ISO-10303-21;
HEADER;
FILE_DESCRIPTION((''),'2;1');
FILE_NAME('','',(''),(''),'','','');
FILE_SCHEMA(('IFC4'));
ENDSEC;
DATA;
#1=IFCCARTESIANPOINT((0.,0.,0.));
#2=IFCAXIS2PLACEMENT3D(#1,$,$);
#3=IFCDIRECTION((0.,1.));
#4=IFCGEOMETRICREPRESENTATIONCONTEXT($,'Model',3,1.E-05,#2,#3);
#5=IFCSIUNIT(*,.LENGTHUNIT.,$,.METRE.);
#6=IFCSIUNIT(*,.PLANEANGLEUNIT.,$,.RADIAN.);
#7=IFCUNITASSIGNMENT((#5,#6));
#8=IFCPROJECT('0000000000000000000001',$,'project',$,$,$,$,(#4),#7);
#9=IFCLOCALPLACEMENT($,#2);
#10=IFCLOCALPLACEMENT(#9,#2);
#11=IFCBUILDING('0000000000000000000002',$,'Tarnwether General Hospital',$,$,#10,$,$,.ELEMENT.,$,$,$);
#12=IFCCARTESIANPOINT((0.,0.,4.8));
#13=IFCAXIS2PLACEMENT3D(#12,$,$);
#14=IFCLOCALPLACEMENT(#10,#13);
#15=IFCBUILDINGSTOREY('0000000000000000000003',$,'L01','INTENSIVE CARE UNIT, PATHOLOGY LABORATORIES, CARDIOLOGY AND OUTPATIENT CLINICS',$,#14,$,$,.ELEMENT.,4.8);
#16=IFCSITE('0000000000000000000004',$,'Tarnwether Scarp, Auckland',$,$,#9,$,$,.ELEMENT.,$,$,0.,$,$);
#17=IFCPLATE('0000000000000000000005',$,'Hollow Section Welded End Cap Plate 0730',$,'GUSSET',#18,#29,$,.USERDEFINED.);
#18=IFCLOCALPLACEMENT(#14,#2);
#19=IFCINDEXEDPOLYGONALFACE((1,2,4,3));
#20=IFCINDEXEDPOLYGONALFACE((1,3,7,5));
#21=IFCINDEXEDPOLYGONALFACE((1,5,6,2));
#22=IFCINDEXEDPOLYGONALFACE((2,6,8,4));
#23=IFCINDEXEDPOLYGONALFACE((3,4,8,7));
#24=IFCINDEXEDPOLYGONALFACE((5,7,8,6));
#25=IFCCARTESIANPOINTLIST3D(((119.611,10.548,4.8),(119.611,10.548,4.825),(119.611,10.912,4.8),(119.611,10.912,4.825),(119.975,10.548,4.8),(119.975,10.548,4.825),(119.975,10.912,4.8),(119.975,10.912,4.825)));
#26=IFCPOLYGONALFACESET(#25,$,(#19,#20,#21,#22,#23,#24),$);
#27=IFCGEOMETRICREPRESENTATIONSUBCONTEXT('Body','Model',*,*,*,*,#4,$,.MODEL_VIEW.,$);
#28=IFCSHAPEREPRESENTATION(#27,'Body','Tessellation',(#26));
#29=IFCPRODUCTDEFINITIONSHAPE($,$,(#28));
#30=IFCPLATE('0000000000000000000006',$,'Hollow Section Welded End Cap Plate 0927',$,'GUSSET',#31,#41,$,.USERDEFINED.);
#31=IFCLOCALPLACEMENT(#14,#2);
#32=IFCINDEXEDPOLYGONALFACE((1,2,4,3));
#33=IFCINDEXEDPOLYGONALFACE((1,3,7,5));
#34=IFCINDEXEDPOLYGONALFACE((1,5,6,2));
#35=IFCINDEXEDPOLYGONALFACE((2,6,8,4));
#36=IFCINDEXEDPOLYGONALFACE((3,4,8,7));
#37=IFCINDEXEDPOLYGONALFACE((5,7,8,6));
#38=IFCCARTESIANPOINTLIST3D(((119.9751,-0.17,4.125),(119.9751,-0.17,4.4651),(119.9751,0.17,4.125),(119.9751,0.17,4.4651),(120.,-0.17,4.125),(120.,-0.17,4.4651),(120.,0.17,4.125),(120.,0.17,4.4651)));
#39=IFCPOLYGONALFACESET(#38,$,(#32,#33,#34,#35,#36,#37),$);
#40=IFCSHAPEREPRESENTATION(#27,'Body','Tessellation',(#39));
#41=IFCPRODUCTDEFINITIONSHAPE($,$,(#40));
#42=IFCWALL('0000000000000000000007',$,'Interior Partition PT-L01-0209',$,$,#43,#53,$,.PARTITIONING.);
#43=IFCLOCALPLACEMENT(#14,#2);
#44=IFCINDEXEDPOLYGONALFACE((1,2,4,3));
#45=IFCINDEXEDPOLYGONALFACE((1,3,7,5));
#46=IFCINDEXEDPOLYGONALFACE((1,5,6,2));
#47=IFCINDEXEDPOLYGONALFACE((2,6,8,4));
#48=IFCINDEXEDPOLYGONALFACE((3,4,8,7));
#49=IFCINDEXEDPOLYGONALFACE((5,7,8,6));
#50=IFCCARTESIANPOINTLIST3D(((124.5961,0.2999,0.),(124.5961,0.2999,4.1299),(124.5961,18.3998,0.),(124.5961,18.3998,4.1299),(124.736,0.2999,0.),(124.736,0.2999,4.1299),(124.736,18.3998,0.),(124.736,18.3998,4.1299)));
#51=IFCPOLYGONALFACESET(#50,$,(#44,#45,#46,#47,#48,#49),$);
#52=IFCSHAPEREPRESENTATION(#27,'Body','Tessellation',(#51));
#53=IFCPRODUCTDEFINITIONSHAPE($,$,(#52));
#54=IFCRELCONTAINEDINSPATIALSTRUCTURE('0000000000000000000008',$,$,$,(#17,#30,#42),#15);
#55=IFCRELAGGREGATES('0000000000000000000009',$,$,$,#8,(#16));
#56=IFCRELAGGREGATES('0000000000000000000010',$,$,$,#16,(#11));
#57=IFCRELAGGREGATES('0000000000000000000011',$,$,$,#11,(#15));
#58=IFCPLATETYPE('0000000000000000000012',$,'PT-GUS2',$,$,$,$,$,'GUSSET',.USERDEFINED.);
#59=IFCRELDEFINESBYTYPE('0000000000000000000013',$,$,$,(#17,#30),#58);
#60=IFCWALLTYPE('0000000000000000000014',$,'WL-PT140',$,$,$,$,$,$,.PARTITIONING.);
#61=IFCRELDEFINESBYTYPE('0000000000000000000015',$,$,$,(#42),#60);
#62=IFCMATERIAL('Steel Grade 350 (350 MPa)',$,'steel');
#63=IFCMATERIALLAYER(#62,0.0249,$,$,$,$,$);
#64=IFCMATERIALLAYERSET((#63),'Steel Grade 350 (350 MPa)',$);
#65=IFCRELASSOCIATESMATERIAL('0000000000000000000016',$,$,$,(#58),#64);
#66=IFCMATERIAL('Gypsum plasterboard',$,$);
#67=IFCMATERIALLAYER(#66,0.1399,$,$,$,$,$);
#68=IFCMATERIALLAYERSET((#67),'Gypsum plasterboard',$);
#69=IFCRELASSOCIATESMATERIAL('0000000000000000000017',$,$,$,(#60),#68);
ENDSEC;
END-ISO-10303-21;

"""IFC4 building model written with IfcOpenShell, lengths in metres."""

from ifc_helpers import new_model, si_unit, direction, frame, frame_2d, origin, origin_2d, place, context, subcontext, project, spatial, rectangle, extrude, material, layer, layer_set, type_object, element, save


model = new_model("IFC4")

# Units and contexts
model_context = context("Model", 3, precision=1e-05, world=origin(), true_north=direction((0.0, 1.0)))
body_context = subcontext(model_context, "Body", "Model", "MODEL_VIEW")
ifc_project = project(units=[si_unit("LENGTHUNIT", "METRE"), si_unit("PLANEANGLEUNIT", "RADIAN")], contexts=[model_context])

# Site, building, storey
site_placement = place(None, origin())
site = spatial("IfcSite", under=ifc_project, at=site_placement, Name="Tarnwether Scarp, Auckland", CompositionType="ELEMENT", RefElevation=0.0)
building_placement = place(site_placement, origin())
building = spatial("IfcBuilding", under=site, at=building_placement, Name="Tarnwether General Hospital", CompositionType="ELEMENT")
storey_placement = place(building_placement, frame((0.0, 0.0, 4.8)))
storey = spatial("IfcBuildingStorey", under=building, at=storey_placement, Name="L01", Description="INTENSIVE CARE UNIT, PATHOLOGY LABORATORIES, CARDIOLOGY AND OUTPATIENT CLINICS", CompositionType="ELEMENT", Elevation=4.8)

# Plates
ifc_material_1 = material(Name="Steel Grade 350 (350 MPa)", Category="steel")
ifc_layer_1 = layer(ifc_material_1, 0.0249)
ifc_layer_set_1 = layer_set([ifc_layer_1], Name="Steel Grade 350 (350 MPa)")
plate_type_1 = type_object("IfcPlateType", Name="PT-GUS2", ElementType="GUSSET", PredefinedType="USERDEFINED", material=ifc_layer_set_1)
for number, where, z_axis, x_axis, name in (
    (1, (119.793, 10.73, 4.8), (0.0, 0.0, 1.0), (1.0, 0.0, 0.0), "Hollow Section Welded End Cap Plate 0730"),
):
    element("IfcPlate", number, at=place(storey_placement, frame(where, z_axis=z_axis, x_axis=x_axis)), inside=storey, type_object=plate_type_1, Name=name, ObjectType="GUSSET", PredefinedType="USERDEFINED", context=body_context, shape_type="SweptSolid", body=[
        extrude(rectangle(XDim=0.364, YDim=0.364, at=origin_2d()), origin(), (0.0, 0.0, 1.0), 0.0249),
    ])
plate_1_placement = place(storey_placement, frame((119.9875, 0.0, 4.125), z_axis=(0.0, 0.0, 1.0), x_axis=(1.0, 0.0, 0.0)))
element("IfcPlate", 2, at=plate_1_placement, inside=storey, type_object=plate_type_1, Name="Hollow Section Welded End Cap Plate 0927", ObjectType="GUSSET", PredefinedType="USERDEFINED", context=body_context, shape_type="SweptSolid", body=[
    extrude(rectangle(XDim=0.0249, YDim=0.3401, at=origin_2d()), origin(), (0.0, 0.0, 1.0), 0.3401),
])

# Wall
ifc_material_2 = material(Name="Gypsum plasterboard")
ifc_layer_2 = layer(ifc_material_2, 0.1399)
ifc_layer_set_2 = layer_set([ifc_layer_2], Name="Gypsum plasterboard")
wall_type = type_object("IfcWallType", Name="WL-PT140", PredefinedType="PARTITIONING", material=ifc_layer_set_2)
wall_placement = place(storey_placement, frame((124.666, 0.3, 0.0), z_axis=(0.0, 0.0, 1.0), x_axis=(0.0, 1.0, 0.0)))
element("IfcWall", 3, at=wall_placement, inside=storey, type_object=wall_type, Name="Interior Partition PT-L01-0209", PredefinedType="PARTITIONING", context=body_context, shape_type="SweptSolid", body=[
    extrude(rectangle(XDim=18.0999, YDim=0.1399, at=frame_2d((9.0498, 0.0))), origin(), (0.0, 0.0, 1.0), 4.1299),
])

save(model, "model.ifc")
